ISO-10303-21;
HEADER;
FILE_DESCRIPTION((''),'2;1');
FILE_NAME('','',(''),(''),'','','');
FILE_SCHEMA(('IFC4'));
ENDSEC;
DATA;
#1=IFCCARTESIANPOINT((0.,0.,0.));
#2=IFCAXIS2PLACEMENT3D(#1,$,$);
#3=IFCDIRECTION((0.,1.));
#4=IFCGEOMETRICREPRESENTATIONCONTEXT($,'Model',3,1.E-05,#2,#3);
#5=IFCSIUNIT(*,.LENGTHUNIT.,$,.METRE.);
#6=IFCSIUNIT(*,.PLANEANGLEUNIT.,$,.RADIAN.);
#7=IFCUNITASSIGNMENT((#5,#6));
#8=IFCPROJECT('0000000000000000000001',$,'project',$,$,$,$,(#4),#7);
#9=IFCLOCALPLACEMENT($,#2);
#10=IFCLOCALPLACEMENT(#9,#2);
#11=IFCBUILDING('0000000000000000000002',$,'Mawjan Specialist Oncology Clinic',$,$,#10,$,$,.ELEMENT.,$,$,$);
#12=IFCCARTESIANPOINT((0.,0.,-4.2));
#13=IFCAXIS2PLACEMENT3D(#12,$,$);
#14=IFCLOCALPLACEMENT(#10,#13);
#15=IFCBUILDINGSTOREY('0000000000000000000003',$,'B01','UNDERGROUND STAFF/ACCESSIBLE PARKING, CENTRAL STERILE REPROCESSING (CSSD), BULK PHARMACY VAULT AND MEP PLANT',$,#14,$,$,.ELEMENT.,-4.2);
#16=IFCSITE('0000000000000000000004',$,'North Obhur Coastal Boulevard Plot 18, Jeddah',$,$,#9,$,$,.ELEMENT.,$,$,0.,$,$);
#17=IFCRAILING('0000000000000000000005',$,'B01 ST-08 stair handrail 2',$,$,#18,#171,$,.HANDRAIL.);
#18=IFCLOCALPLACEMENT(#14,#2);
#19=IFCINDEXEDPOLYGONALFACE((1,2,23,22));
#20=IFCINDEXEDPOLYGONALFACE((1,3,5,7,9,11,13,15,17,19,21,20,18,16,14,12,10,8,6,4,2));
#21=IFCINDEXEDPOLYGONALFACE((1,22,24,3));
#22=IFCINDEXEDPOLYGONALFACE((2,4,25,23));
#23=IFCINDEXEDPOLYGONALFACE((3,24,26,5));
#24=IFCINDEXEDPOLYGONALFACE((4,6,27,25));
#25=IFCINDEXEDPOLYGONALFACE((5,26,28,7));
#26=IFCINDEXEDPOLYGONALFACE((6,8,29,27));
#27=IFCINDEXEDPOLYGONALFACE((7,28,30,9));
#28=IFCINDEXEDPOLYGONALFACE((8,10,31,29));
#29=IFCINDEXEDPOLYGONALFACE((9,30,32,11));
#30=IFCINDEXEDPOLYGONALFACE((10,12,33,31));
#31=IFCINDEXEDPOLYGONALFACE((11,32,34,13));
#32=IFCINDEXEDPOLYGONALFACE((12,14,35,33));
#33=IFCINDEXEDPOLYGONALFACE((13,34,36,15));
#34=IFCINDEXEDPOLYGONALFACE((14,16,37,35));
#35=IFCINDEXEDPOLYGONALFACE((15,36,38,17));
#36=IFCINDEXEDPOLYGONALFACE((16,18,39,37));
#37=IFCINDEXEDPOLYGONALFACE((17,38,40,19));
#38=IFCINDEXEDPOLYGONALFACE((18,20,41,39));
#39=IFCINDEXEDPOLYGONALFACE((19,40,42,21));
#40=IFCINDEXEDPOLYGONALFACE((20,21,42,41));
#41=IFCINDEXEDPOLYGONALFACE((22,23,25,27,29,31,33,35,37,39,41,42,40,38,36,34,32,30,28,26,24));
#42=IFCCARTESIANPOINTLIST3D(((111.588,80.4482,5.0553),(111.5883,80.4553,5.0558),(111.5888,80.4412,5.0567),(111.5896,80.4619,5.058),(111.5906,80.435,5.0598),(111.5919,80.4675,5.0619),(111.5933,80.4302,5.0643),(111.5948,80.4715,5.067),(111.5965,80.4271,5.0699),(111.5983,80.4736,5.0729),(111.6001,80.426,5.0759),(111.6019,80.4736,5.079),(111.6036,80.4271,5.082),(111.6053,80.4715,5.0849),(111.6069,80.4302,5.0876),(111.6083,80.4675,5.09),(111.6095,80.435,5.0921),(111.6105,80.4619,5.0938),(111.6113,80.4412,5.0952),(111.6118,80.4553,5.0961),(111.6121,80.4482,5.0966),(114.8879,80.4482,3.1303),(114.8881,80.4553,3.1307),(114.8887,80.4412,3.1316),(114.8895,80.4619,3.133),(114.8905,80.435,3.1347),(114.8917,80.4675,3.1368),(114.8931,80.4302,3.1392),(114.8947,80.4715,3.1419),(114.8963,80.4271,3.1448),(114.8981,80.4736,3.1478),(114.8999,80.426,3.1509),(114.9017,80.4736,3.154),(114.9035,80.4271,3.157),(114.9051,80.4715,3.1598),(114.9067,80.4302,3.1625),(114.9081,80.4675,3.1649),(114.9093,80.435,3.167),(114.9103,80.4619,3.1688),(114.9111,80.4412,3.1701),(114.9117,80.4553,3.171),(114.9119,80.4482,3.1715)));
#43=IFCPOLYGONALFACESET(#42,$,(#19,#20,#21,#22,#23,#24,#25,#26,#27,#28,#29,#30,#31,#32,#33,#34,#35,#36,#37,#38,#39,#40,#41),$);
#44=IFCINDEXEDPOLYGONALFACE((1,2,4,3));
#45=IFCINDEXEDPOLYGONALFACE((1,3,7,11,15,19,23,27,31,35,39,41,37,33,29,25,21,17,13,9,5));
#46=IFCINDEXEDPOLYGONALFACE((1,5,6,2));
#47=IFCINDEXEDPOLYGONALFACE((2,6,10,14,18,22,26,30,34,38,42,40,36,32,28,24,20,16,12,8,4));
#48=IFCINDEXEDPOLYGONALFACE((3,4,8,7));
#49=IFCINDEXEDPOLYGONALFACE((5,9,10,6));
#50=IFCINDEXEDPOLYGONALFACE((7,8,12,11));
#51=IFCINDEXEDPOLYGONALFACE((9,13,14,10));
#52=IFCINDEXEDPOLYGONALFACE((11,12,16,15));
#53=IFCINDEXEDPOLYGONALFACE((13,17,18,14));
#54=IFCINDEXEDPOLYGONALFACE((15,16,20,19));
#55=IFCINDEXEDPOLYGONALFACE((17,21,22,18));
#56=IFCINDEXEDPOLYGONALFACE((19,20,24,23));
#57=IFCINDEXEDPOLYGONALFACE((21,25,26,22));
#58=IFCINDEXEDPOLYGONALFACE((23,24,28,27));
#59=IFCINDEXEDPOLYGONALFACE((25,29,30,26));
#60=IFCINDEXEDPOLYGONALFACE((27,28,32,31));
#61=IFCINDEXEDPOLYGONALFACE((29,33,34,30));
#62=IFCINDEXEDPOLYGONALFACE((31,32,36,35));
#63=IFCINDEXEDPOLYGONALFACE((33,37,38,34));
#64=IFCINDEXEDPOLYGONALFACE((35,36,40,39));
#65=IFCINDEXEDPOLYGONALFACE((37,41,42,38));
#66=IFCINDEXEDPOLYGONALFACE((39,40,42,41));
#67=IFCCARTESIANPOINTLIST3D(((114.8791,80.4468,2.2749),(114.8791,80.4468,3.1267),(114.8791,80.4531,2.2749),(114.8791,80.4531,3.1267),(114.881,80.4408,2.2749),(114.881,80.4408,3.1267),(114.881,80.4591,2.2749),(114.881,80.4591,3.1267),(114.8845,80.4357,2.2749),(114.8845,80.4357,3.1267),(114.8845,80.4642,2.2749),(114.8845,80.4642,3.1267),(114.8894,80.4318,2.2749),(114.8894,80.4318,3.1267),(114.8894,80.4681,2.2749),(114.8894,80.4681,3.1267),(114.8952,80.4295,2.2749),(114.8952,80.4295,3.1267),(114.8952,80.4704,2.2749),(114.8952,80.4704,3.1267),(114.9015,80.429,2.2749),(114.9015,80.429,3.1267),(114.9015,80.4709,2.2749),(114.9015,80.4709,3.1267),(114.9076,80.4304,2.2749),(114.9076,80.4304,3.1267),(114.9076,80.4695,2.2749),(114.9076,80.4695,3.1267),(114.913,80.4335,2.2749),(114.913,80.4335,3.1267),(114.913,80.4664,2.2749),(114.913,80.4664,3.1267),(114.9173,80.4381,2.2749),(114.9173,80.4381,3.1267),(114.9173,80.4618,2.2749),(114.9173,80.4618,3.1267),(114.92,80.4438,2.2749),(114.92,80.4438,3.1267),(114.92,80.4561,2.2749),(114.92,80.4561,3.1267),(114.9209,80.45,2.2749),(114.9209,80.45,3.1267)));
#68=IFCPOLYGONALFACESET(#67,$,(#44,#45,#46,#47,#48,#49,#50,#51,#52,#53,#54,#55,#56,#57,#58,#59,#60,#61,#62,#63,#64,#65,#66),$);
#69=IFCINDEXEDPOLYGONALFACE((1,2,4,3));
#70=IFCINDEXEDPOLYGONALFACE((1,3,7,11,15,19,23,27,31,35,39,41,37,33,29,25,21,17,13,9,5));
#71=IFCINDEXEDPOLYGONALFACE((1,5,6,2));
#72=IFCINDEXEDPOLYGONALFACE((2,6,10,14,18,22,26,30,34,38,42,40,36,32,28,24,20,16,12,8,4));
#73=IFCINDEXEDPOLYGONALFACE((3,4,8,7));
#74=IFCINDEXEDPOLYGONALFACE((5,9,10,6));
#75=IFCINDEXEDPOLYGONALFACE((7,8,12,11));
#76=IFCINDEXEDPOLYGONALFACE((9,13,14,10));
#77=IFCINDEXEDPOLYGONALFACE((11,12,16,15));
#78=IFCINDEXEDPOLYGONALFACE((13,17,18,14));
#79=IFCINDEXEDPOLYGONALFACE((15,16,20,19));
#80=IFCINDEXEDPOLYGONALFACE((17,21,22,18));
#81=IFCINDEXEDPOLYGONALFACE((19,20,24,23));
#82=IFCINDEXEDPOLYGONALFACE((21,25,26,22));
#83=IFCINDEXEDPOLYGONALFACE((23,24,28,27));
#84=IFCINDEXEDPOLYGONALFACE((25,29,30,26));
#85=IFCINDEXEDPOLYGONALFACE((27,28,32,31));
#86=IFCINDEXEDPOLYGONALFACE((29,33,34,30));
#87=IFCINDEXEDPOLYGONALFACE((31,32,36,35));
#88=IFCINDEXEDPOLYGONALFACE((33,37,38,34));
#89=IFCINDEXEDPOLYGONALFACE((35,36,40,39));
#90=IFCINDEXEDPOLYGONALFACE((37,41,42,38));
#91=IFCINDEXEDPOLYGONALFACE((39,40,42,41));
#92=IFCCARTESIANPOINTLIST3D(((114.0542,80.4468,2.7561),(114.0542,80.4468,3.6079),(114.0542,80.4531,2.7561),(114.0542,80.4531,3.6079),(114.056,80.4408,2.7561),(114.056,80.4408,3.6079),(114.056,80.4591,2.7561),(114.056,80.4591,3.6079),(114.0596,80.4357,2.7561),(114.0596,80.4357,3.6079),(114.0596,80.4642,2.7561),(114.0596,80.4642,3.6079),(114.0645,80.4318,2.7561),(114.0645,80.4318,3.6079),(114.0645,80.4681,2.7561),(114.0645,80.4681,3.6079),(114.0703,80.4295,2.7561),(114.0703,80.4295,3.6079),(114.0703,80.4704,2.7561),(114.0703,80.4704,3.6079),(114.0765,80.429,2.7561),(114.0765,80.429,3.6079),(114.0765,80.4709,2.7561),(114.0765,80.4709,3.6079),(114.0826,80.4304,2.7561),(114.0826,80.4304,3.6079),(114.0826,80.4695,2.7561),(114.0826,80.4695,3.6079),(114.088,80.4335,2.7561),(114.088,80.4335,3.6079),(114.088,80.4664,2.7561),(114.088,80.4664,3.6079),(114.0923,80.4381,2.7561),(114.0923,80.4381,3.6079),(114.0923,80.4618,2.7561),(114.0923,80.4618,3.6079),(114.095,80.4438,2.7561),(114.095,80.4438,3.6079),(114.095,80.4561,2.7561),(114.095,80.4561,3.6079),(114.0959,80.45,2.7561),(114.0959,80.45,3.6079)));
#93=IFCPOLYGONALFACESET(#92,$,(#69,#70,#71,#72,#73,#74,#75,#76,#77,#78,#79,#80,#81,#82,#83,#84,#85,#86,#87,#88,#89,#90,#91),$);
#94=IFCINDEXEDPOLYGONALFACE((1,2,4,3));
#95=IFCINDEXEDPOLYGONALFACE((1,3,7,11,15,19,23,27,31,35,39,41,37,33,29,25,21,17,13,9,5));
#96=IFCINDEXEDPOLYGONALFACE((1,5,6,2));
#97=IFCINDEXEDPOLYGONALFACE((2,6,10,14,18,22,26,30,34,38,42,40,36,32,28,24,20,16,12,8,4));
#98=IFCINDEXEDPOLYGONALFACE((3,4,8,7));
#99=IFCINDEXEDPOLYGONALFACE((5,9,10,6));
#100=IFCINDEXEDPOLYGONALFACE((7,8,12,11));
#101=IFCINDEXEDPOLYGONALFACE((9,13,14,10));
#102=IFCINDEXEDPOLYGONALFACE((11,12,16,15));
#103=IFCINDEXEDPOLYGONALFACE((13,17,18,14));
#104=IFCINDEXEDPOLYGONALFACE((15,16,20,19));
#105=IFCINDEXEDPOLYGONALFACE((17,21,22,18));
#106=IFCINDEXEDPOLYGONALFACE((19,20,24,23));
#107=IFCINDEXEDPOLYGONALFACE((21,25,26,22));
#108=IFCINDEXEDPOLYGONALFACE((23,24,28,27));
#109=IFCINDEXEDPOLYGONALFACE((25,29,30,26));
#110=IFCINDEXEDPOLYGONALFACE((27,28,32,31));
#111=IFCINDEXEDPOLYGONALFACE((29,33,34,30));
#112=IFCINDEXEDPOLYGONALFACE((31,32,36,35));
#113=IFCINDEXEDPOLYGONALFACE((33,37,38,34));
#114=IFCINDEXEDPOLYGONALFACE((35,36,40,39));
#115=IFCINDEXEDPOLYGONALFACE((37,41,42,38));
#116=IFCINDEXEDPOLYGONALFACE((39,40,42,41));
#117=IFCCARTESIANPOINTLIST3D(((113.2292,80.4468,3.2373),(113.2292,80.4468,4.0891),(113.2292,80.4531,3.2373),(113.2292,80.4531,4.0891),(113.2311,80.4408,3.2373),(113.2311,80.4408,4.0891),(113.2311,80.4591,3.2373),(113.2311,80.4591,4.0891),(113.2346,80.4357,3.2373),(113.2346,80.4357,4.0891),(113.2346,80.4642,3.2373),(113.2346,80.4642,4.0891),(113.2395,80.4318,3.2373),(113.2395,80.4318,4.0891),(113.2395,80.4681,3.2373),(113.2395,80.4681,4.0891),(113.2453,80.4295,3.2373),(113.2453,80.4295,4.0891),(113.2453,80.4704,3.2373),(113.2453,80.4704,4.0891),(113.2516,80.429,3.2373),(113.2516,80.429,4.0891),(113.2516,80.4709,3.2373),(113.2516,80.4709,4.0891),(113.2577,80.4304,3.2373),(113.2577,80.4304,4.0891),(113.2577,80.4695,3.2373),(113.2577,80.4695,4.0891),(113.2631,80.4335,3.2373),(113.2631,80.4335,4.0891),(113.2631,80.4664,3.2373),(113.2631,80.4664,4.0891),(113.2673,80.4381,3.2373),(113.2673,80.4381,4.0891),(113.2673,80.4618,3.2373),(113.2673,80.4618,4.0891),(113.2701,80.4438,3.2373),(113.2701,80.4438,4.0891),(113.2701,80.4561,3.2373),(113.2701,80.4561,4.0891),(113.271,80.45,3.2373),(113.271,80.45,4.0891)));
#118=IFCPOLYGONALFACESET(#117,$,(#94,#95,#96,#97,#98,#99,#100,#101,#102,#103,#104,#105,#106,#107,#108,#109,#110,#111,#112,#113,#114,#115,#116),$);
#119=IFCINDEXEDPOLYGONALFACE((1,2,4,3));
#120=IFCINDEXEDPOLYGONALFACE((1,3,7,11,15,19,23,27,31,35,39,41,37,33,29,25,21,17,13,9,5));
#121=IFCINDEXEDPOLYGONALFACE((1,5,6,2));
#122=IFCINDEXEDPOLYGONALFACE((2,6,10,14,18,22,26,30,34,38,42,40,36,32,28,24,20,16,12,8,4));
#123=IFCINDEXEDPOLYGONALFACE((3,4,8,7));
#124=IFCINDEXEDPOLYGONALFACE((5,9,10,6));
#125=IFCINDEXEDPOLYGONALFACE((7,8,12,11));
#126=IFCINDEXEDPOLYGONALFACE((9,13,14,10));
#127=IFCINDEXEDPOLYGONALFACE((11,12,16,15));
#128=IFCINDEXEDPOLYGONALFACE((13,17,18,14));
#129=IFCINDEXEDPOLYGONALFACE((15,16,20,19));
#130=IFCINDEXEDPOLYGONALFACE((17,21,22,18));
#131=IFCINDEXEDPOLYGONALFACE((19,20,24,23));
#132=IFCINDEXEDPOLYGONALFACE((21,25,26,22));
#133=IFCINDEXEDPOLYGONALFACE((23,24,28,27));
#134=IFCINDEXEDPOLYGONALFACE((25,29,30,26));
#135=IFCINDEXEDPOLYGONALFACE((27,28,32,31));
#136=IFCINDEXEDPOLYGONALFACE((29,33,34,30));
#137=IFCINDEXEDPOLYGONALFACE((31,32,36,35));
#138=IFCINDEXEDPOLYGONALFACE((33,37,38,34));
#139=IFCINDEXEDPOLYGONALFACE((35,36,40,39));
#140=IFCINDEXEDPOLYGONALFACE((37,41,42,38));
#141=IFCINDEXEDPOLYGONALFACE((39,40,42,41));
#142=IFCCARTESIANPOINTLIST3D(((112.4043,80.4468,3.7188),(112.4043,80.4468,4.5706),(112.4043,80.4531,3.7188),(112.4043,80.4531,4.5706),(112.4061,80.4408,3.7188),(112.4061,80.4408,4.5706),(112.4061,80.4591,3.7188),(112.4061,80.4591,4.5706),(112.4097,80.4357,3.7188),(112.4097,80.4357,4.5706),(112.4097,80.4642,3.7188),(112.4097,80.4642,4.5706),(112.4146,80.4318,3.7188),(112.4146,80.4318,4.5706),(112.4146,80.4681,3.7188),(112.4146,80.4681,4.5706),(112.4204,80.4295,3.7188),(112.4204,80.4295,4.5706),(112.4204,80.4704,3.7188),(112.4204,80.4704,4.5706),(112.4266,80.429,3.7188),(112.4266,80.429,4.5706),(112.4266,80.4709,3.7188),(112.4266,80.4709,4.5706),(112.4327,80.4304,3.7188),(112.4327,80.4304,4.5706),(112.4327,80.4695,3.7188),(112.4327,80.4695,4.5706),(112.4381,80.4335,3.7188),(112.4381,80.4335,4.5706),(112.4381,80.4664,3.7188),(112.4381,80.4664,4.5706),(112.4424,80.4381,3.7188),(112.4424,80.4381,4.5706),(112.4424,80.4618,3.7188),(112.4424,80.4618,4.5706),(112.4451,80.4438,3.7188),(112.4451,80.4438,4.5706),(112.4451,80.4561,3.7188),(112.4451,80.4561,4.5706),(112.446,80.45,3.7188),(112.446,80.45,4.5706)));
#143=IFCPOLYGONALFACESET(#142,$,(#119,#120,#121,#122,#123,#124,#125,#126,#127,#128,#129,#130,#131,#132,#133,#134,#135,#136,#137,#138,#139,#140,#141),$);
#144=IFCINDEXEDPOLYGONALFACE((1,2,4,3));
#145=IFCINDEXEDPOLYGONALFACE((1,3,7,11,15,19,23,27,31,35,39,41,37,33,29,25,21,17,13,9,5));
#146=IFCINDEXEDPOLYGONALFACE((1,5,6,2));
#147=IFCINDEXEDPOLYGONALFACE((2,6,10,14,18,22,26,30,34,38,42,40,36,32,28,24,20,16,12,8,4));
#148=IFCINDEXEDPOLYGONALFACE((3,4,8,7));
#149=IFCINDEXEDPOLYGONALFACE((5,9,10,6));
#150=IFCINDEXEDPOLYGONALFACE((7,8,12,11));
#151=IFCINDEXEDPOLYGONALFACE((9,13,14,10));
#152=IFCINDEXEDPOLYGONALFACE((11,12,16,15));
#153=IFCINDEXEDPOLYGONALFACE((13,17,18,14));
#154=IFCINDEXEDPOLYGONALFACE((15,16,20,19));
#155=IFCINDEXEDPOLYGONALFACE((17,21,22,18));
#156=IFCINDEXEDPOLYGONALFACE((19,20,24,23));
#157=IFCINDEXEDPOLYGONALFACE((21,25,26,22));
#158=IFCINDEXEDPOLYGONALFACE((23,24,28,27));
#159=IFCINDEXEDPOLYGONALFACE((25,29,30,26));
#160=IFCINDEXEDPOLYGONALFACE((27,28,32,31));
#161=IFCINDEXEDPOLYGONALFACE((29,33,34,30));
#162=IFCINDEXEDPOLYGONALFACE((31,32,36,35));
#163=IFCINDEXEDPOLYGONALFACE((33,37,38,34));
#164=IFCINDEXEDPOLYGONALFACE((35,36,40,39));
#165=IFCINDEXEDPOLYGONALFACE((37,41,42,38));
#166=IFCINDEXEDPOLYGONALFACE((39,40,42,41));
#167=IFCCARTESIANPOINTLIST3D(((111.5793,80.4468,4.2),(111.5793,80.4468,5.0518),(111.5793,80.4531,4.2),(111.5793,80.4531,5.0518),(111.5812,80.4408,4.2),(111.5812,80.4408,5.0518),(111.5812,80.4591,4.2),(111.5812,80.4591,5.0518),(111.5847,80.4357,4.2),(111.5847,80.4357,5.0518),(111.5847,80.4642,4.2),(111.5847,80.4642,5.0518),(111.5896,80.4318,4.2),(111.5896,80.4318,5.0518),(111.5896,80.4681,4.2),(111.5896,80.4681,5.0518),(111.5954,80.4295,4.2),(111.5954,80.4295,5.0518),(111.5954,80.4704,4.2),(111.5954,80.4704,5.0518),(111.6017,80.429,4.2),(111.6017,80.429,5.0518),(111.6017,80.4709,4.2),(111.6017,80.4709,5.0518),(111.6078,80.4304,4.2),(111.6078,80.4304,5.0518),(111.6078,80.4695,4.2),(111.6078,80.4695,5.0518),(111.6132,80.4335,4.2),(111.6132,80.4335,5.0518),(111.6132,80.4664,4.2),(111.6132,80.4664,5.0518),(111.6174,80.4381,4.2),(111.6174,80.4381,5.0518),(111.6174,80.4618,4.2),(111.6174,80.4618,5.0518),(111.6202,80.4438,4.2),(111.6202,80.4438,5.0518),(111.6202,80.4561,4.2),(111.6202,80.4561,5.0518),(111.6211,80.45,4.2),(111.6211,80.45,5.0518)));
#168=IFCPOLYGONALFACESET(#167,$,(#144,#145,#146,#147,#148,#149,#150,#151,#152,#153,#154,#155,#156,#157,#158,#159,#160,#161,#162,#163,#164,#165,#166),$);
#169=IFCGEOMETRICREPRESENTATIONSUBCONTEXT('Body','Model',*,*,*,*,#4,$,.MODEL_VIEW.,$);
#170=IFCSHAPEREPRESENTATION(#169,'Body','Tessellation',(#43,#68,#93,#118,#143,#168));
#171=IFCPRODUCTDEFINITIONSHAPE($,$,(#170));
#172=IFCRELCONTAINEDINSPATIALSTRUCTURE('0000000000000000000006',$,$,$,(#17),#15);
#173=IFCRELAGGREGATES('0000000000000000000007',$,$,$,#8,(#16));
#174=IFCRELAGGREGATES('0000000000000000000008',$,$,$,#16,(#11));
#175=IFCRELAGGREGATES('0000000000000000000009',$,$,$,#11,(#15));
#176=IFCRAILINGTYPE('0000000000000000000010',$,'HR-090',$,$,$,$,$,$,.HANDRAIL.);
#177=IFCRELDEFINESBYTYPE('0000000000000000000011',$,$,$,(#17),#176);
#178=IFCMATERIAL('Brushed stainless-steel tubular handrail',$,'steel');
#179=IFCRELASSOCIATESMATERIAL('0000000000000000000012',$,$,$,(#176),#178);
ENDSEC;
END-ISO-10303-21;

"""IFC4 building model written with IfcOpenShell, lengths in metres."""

from ifc_helpers import new_model, si_unit, direction, frame, origin, origin_2d, place, context, subcontext, project, spatial, circle, extrude, material, type_object, element, save


model = new_model("IFC4")

# Units and contexts
model_context = context("Model", 3, precision=1e-05, world=origin(), true_north=direction((0.0, 1.0)))
body_context = subcontext(model_context, "Body", "Model", "MODEL_VIEW")
ifc_project = project(units=[si_unit("LENGTHUNIT", "METRE"), si_unit("PLANEANGLEUNIT", "RADIAN")], contexts=[model_context])

# Site, building, storey
site_placement = place(None, origin())
site = spatial("IfcSite", under=ifc_project, at=site_placement, Name="North Obhur Coastal Boulevard Plot 18, Jeddah", CompositionType="ELEMENT", RefElevation=0.0)
building_placement = place(site_placement, origin())
building = spatial("IfcBuilding", under=site, at=building_placement, Name="Mawjan Specialist Oncology Clinic", CompositionType="ELEMENT")
storey_placement = place(building_placement, frame((0.0, 0.0, -4.2)))
storey = spatial("IfcBuildingStorey", under=building, at=storey_placement, Name="B01", Description="UNDERGROUND STAFF/ACCESSIBLE PARKING, CENTRAL STERILE REPROCESSING (CSSD), BULK PHARMACY VAULT AND MEP PLANT", CompositionType="ELEMENT", Elevation=-4.2)

# Railing
ifc_material_1 = material(Name="Brushed stainless-steel tubular handrail", Category="steel")
railing_type_1 = type_object("IfcRailingType", Name="HR-090", PredefinedType="HANDRAIL", material=ifc_material_1)
railing_1_placement = place(storey_placement, frame((114.8999, 80.45, 2.2749)))
element("IfcRailing", 1, at=railing_1_placement, inside=storey, type_object=railing_type_1, Name="B01 ST-08 stair handrail 2", PredefinedType="HANDRAIL", context=body_context, shape_type="SweptSolid", body=[
    extrude(circle(Radius=0.0239, at=origin_2d()), frame((0.0, 0.0, 0.876), z_axis=(-0.86376, 0.0, 0.503903), x_axis=(0.0, -1.0, 0.0)), (0.0, 0.0, 1.0), 3.8203),
    extrude(circle(Radius=0.021, at=origin_2d()), origin(), (0.0, 0.0, 1.0), 0.8518),
    extrude(circle(Radius=0.021, at=origin_2d()), frame((-0.825, 0.0, 0.4812)), (0.0, 0.0, 1.0), 0.8518),
    extrude(circle(Radius=0.021, at=origin_2d()), frame((-1.6499, 0.0, 0.9624)), (0.0, 0.0, 1.0), 0.8518),
    extrude(circle(Radius=0.021, at=origin_2d()), frame((-2.4749, 0.0, 1.4438)), (0.0, 0.0, 1.0), 0.8518),
    extrude(circle(Radius=0.021, at=origin_2d()), frame((-3.2998, 0.0, 1.925)), (0.0, 0.0, 1.0), 0.8518),
])

save(model, "model.ifc")
